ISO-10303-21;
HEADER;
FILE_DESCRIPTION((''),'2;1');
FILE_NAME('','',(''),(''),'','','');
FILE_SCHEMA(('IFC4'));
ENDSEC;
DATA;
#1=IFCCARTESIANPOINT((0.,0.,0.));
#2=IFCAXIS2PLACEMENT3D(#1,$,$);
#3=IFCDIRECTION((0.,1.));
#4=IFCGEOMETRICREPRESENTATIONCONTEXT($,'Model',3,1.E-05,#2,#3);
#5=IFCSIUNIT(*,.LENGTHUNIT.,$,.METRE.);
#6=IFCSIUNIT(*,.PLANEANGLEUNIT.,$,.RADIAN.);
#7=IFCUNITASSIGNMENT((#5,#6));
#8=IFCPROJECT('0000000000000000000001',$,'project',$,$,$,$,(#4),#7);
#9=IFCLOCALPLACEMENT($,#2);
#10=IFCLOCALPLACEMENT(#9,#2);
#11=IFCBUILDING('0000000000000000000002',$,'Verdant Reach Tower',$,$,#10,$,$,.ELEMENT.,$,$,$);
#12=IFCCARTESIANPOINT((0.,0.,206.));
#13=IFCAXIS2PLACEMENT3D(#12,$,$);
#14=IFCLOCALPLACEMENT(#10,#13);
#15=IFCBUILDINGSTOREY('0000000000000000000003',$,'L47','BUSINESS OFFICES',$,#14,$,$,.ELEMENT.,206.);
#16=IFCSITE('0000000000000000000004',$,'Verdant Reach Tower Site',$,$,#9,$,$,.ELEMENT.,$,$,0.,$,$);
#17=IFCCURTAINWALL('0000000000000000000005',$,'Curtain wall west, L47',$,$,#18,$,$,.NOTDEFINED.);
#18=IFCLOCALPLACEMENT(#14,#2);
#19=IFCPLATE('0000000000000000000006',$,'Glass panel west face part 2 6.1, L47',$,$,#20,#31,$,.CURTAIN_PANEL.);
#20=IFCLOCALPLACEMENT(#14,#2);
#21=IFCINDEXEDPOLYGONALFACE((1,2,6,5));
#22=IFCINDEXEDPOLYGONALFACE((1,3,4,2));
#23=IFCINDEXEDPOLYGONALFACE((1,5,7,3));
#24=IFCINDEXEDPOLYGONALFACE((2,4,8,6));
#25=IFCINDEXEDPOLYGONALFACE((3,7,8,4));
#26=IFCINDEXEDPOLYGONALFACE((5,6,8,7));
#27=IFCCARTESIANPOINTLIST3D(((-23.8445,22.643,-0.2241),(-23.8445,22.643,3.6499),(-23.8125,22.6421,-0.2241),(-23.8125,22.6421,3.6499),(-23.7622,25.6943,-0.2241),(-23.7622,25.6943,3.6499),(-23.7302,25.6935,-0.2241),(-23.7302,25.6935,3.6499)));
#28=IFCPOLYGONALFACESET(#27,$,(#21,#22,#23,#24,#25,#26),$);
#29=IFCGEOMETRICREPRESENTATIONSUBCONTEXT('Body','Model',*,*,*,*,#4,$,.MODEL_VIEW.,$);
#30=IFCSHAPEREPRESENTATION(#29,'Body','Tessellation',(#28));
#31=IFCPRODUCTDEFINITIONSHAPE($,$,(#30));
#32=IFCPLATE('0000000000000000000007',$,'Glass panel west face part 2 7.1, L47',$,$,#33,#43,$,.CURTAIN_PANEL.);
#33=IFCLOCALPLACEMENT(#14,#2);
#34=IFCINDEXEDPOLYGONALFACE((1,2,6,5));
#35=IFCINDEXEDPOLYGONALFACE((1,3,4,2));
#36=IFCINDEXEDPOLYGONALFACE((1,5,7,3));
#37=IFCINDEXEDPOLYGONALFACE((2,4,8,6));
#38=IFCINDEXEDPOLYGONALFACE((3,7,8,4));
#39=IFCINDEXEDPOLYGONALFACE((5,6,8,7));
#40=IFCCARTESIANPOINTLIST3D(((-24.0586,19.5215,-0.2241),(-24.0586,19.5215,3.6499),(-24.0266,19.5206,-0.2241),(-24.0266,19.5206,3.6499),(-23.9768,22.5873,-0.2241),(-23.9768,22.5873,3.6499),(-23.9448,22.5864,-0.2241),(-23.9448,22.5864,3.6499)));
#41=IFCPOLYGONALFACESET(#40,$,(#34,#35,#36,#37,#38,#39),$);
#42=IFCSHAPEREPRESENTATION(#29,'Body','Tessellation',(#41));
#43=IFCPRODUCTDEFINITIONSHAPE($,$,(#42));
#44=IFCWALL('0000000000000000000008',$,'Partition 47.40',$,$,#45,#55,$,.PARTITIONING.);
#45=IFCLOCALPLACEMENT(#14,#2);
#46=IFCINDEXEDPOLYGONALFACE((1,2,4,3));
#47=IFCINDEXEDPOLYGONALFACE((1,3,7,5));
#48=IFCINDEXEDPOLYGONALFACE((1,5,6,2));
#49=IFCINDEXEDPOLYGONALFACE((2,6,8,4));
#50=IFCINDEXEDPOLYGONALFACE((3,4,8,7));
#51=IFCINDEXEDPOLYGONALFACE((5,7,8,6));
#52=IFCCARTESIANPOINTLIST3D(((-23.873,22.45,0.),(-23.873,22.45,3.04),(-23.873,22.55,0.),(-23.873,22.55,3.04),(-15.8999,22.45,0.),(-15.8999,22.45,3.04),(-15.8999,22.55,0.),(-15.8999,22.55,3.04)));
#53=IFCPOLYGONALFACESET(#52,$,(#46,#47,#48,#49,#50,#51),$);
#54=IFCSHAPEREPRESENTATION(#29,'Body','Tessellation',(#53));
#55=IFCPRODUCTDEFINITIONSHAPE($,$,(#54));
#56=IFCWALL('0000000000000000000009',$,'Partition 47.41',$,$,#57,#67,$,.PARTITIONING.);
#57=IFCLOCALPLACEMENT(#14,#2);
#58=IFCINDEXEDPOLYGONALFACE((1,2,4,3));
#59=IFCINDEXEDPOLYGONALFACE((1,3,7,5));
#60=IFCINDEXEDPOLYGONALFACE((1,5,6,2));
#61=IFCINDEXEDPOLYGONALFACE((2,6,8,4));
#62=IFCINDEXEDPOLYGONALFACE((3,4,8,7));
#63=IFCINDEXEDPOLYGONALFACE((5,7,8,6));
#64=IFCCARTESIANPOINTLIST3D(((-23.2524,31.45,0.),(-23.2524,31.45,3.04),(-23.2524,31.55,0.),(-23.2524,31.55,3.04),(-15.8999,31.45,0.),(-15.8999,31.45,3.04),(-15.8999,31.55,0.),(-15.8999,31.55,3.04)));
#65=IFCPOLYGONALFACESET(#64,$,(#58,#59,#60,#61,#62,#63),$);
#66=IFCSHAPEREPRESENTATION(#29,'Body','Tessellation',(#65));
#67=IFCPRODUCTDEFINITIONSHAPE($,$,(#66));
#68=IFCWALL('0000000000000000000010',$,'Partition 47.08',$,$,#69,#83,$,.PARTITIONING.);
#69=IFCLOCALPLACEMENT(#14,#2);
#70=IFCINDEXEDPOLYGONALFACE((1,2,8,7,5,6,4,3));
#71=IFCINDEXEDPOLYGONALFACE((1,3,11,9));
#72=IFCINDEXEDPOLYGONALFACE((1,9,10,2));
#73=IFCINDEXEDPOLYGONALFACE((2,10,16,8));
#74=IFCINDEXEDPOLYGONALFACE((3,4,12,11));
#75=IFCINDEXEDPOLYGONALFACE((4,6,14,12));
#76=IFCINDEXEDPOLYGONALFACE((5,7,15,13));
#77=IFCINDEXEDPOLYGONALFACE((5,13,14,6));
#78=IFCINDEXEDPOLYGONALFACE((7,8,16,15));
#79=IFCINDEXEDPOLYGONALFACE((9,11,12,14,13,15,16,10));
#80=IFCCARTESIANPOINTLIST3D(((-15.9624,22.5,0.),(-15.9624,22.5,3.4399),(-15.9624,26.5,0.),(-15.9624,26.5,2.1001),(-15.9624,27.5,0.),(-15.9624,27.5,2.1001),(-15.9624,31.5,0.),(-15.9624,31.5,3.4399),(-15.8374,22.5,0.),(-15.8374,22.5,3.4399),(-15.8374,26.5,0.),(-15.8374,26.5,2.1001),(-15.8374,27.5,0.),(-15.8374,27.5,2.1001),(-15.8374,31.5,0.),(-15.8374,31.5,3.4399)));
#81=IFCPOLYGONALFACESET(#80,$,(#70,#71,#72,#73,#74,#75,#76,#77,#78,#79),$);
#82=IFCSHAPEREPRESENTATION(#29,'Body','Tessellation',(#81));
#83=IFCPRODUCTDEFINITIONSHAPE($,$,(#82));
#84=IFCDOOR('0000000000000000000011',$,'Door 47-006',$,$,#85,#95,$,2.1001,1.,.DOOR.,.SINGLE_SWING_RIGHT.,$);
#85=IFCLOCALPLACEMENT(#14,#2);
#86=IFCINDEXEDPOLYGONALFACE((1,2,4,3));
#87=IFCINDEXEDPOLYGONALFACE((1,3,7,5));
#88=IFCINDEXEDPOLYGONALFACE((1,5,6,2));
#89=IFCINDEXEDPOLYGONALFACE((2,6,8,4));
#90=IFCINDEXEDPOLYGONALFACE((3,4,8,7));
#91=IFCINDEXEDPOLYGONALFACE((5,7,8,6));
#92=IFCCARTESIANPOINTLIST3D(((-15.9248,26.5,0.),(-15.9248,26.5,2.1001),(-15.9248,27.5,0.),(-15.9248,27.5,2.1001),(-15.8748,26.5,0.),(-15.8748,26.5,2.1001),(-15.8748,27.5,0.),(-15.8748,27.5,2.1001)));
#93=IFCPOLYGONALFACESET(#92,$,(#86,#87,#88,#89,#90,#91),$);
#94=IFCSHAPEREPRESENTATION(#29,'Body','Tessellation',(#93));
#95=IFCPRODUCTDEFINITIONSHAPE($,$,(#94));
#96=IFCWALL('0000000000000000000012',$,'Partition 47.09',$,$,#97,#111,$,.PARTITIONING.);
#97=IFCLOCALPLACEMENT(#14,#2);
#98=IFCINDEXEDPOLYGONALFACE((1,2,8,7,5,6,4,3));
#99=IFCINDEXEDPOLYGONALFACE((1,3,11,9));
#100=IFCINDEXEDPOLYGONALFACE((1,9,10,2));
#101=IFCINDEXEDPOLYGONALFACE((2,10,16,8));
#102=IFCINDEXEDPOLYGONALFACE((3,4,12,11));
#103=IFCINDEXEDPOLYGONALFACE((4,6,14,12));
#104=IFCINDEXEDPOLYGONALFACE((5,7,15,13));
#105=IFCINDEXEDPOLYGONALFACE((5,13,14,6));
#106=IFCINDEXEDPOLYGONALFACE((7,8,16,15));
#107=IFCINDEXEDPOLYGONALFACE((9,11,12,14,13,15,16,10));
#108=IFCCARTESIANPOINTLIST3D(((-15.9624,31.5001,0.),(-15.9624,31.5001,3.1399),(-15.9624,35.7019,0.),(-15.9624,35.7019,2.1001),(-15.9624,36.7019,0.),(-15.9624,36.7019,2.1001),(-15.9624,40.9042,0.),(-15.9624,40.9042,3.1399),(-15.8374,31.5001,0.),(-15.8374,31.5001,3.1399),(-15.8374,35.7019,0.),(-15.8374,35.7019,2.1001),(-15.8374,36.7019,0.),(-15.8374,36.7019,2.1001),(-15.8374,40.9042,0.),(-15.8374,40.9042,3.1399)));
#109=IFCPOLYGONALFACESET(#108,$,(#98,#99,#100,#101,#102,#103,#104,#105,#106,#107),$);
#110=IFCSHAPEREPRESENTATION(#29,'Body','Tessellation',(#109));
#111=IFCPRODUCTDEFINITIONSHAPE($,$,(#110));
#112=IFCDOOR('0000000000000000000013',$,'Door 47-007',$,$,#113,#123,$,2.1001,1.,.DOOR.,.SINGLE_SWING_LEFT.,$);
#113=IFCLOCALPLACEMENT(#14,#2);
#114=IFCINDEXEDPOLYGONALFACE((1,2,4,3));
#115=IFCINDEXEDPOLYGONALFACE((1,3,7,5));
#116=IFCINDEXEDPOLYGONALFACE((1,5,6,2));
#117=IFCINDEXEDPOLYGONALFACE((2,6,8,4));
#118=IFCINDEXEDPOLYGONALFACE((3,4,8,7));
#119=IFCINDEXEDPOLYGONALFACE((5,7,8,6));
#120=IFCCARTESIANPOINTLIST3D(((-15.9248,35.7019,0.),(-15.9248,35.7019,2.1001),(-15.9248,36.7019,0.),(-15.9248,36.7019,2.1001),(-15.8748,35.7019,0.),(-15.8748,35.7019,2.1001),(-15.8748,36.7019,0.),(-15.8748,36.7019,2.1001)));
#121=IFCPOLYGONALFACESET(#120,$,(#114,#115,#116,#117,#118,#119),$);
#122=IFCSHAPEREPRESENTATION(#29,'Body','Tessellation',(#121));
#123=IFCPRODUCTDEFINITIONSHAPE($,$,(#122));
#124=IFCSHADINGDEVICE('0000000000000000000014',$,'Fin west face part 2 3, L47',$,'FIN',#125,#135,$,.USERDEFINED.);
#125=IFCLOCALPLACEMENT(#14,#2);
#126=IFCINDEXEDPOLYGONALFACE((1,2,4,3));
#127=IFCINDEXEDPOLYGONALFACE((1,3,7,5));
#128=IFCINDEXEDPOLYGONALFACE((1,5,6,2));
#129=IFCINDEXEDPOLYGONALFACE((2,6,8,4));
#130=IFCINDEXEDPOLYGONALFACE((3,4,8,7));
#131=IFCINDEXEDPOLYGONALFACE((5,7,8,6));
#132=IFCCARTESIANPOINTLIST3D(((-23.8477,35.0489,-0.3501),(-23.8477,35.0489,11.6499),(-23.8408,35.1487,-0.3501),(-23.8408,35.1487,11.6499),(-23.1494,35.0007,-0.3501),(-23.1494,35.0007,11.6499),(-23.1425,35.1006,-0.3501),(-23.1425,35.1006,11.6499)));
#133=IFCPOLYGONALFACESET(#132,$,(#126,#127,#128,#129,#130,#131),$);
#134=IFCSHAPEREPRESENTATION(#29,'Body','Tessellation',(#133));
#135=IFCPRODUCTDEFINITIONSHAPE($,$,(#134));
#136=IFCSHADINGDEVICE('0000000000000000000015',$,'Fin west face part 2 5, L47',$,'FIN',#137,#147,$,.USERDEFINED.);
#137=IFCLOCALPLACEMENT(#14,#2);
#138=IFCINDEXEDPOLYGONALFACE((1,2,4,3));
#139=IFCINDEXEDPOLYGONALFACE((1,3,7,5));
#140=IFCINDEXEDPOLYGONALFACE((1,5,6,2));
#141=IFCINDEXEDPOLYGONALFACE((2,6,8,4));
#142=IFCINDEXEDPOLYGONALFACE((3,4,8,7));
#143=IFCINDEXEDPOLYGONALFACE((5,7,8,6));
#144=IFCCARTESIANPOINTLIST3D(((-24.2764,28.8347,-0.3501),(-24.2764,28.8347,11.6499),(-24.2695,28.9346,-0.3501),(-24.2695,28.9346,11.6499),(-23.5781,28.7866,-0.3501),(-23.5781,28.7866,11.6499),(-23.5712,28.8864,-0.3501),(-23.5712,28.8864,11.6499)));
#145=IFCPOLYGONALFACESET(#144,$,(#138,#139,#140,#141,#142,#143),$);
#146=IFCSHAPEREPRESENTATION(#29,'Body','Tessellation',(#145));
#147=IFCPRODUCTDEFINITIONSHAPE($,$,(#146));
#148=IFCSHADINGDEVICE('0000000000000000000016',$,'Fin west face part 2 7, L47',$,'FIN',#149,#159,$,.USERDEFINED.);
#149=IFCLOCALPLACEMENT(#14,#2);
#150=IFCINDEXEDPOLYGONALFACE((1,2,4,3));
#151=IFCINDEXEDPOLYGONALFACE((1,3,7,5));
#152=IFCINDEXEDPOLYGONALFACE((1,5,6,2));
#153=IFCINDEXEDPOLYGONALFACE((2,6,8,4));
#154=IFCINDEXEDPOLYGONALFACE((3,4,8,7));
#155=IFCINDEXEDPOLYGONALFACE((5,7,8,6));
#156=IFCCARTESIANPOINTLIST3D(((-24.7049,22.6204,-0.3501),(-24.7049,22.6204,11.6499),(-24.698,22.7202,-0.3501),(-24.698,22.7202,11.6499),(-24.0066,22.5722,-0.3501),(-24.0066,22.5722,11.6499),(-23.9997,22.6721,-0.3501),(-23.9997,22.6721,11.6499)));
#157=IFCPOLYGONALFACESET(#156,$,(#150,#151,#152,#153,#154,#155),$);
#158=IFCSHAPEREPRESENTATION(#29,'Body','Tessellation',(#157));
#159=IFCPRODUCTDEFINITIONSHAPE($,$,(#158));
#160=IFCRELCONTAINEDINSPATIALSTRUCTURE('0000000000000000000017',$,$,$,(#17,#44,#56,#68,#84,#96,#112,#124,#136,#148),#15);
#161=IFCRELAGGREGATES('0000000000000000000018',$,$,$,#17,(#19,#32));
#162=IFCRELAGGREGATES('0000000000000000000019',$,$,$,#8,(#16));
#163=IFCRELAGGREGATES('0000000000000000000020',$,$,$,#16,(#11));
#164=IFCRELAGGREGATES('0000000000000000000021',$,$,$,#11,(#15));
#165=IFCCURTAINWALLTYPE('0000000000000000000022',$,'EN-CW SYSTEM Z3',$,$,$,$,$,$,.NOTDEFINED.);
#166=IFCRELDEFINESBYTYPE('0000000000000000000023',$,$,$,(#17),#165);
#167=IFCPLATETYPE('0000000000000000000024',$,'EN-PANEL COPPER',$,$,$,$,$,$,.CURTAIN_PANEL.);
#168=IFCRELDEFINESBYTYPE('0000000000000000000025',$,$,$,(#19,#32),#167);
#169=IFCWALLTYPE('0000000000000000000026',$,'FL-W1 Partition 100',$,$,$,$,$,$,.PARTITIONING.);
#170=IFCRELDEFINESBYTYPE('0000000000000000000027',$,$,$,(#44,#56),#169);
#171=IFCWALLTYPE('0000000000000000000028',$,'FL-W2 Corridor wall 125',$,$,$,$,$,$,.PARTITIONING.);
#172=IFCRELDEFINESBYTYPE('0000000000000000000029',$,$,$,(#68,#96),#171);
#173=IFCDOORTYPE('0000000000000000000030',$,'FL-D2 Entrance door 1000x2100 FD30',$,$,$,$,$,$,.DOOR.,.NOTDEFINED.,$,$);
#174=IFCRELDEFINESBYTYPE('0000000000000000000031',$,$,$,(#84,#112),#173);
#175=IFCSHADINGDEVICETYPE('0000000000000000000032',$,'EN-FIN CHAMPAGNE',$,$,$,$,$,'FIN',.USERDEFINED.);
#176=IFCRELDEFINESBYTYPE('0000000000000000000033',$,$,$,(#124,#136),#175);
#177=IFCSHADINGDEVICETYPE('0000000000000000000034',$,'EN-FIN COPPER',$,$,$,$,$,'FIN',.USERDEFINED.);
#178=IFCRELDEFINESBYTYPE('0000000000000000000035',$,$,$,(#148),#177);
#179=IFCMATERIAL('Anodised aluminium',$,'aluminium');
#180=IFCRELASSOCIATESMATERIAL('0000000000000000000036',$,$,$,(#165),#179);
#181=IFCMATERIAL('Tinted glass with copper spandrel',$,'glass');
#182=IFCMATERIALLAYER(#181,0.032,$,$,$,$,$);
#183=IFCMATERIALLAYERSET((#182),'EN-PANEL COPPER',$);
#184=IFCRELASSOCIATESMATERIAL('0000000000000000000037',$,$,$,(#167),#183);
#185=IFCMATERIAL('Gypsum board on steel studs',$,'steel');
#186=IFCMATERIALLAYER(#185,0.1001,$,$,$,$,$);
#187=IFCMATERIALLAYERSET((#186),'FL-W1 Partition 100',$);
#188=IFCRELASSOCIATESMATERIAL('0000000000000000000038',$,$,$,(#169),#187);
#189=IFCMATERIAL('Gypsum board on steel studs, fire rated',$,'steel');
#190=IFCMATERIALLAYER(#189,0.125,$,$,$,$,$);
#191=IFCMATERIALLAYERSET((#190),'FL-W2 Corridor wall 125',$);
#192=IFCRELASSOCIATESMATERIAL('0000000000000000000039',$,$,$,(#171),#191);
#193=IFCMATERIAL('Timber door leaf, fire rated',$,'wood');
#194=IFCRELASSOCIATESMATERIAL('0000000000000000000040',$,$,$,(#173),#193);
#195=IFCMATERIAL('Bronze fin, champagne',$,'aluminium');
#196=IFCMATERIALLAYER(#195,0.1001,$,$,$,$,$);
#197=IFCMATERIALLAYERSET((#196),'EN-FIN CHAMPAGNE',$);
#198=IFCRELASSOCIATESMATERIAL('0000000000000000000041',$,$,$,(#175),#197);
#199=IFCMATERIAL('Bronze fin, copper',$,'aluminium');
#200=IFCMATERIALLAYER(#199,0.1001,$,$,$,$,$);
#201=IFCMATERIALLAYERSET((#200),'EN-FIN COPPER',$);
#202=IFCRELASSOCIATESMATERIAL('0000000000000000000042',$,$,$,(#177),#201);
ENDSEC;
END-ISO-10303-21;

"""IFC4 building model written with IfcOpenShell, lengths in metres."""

from ifc_helpers import new_model, si_unit, direction, frame, frame_2d, origin, origin_2d, place, context, subcontext, project, spatial, rectangle, extrude, material, layer, layer_set, type_object, element, fill, aggregate, save


model = new_model("IFC4")

# Units and contexts
model_context = context("Model", 3, precision=1e-05, world=origin(), true_north=direction((0.0, 1.0)))
body_context = subcontext(model_context, "Body", "Model", "MODEL_VIEW")
ifc_project = project(units=[si_unit("LENGTHUNIT", "METRE"), si_unit("PLANEANGLEUNIT", "RADIAN")], contexts=[model_context])

# Site, building, storey
site_placement = place(None, origin())
site = spatial("IfcSite", under=ifc_project, at=site_placement, Name="Verdant Reach Tower Site", CompositionType="ELEMENT", RefElevation=0.0)
building_placement = place(site_placement, origin())
building = spatial("IfcBuilding", under=site, at=building_placement, Name="Verdant Reach Tower", CompositionType="ELEMENT")
storey_placement = place(building_placement, frame((0.0, 0.0, 206.0)))
storey = spatial("IfcBuildingStorey", under=building, at=storey_placement, Name="L47", Description="BUSINESS OFFICES", CompositionType="ELEMENT", Elevation=206.0)

# Curtain wall
ifc_material_1 = material(Name="Anodised aluminium", Category="aluminium")
curtain_wall_type = type_object("IfcCurtainWallType", Name="EN-CW SYSTEM Z3", PredefinedType="NOTDEFINED", material=ifc_material_1)
curtain_wall_1_placement = place(storey_placement, origin())
curtain_wall_1 = element("IfcCurtainWall", 1, at=curtain_wall_1_placement, inside=storey, type_object=curtain_wall_type, Name="Curtain wall west, L47", PredefinedType="NOTDEFINED")

# Plates
ifc_material_2 = material(Name="Tinted glass with copper spandrel", Category="glass")
ifc_layer_1 = layer(ifc_material_2, 0.032)
ifc_layer_set_1 = layer_set([ifc_layer_1], Name="EN-PANEL COPPER")
plate_type_1 = type_object("IfcPlateType", Name="EN-PANEL COPPER", PredefinedType="CURTAIN_PANEL", material=ifc_layer_set_1)
plate_1_placement = place(storey_placement, frame((-23.7874, 24.1682, -0.2241), z_axis=(0.0, 0.0, 1.0), x_axis=(-0.026965, -0.999636, 0.0)))
plate_1 = element("IfcPlate", 2, at=plate_1_placement, type_object=plate_type_1, Name="Glass panel west face part 2 6.1, L47", PredefinedType="CURTAIN_PANEL", context=body_context, shape_type="SweptSolid", body=[
    extrude(rectangle(XDim=3.0525, YDim=0.032, at=origin_2d()), origin(), (0.0, 0.0, 1.0), 3.874),
])
plate_2_placement = place(storey_placement, frame((-24.0017, 21.054, -0.2241), z_axis=(0.0, 0.0, 1.0), x_axis=(-0.02666, -0.999645, 0.0)))
plate_2 = element("IfcPlate", 3, at=plate_2_placement, type_object=plate_type_1, Name="Glass panel west face part 2 7.1, L47", PredefinedType="CURTAIN_PANEL", context=body_context, shape_type="SweptSolid", body=[
    extrude(rectangle(XDim=3.0669, YDim=0.032, at=origin_2d()), origin(), (0.0, 0.0, 1.0), 3.874),
])
aggregate(curtain_wall_1, [plate_1, plate_2])

# Walls
ifc_material_3 = material(Name="Gypsum board on steel studs", Category="steel")
ifc_layer_2 = layer(ifc_material_3, 0.1001)
ifc_layer_set_2 = layer_set([ifc_layer_2], Name="FL-W1 Partition 100")
wall_type_1 = type_object("IfcWallType", Name="FL-W1 Partition 100", PredefinedType="PARTITIONING", material=ifc_layer_set_2)
wall_1_placement = place(storey_placement, frame((-15.8999, 22.5, 0.0), z_axis=(0.0, 0.0, 1.0), x_axis=(-1.0, 0.0, 0.0)))
element("IfcWall", 4, at=wall_1_placement, inside=storey, type_object=wall_type_1, Name="Partition 47.40", PredefinedType="PARTITIONING", context=body_context, shape_type="SweptSolid", body=[
    extrude(rectangle(XDim=7.9731, YDim=0.1001, at=frame_2d((3.9866, 0.0))), origin(), (0.0, 0.0, 1.0), 3.04),
])
wall_2_placement = place(storey_placement, frame((-15.8999, 31.5, 0.0), z_axis=(0.0, 0.0, 1.0), x_axis=(-1.0, 0.0, 0.0)))
element("IfcWall", 5, at=wall_2_placement, inside=storey, type_object=wall_type_1, Name="Partition 47.41", PredefinedType="PARTITIONING", context=body_context, shape_type="SweptSolid", body=[
    extrude(rectangle(XDim=7.3525, YDim=0.1001, at=frame_2d((3.6763, 0.0))), origin(), (0.0, 0.0, 1.0), 3.04),
])

# Walls, openings, doors
ifc_material_4 = material(Name="Gypsum board on steel studs, fire rated", Category="steel")
ifc_layer_3 = layer(ifc_material_4, 0.125)
ifc_layer_set_3 = layer_set([ifc_layer_3], Name="FL-W2 Corridor wall 125")
wall_type_2 = type_object("IfcWallType", Name="FL-W2 Corridor wall 125", PredefinedType="PARTITIONING", material=ifc_layer_set_3)
wall_3_placement = place(storey_placement, frame((-15.8999, 22.5, 0.0), z_axis=(0.0, 0.0, 1.0), x_axis=(0.0, 1.0, 0.0)))
wall_3 = element("IfcWall", 6, at=wall_3_placement, inside=storey, type_object=wall_type_2, Name="Partition 47.08", PredefinedType="PARTITIONING", context=body_context, shape_type="SweptSolid", body=[
    extrude(rectangle(XDim=9.0, YDim=0.125, at=frame_2d((4.5, 0.0))), origin(), (0.0, 0.0, 1.0), 3.4399),
])
opening_1_placement = place(wall_3_placement, frame((4.0, 0.0, 0.0)))
opening_1 = element("IfcOpeningElement", 7, at=opening_1_placement, cuts=wall_3, PredefinedType="OPENING", context=body_context, shape_type="SweptSolid", body=[
    extrude(rectangle(XDim=1.0, YDim=2.1001, at=frame_2d((0.5, 1.05))), frame((0.0, 0.0725, 0.0), z_axis=(0.0, -1.0, 0.0), x_axis=(1.0, 0.0, 0.0)), (0.0, 0.0, 1.0), 0.145),
])
ifc_material_5 = material(Name="Timber door leaf, fire rated", Category="wood")
door_type = type_object("IfcDoorType", Name="FL-D2 Entrance door 1000x2100 FD30", OperationType="NOTDEFINED", PredefinedType="DOOR", material=ifc_material_5)
door_1_placement = place(opening_1_placement, origin())
door_1 = element("IfcDoor", 8, at=door_1_placement, inside=storey, type_object=door_type, Name="Door 47-006", OperationType="SINGLE_SWING_RIGHT", OverallHeight=2.1001, OverallWidth=1.0, PredefinedType="DOOR", context=body_context, shape_type="SweptSolid", body=[
    extrude(rectangle(XDim=1.0, YDim=2.1001, at=frame_2d((0.5, 1.05))), frame((0.0, 0.0249, 0.0), z_axis=(0.0, -1.0, 0.0), x_axis=(1.0, 0.0, 0.0)), (0.0, 0.0, 1.0), 0.05),
])
fill(opening_1, door_1)
wall_4_placement = place(storey_placement, frame((-15.8999, 31.5, 0.0), z_axis=(0.0, 0.0, 1.0), x_axis=(0.0, 1.0, 0.0)))
wall_4 = element("IfcWall", 9, at=wall_4_placement, inside=storey, type_object=wall_type_2, Name="Partition 47.09", PredefinedType="PARTITIONING", context=body_context, shape_type="SweptSolid", body=[
    extrude(rectangle(XDim=9.4041, YDim=0.125, at=frame_2d((4.7021, 0.0))), origin(), (0.0, 0.0, 1.0), 3.1399),
])
opening_2_placement = place(wall_4_placement, frame((4.2019, 0.0, 0.0)))
opening_2 = element("IfcOpeningElement", 10, at=opening_2_placement, cuts=wall_4, PredefinedType="OPENING", context=body_context, shape_type="SweptSolid", body=[
    extrude(rectangle(XDim=1.0, YDim=2.1001, at=frame_2d((0.5, 1.05))), frame((0.0, 0.0725, 0.0), z_axis=(0.0, -1.0, 0.0), x_axis=(1.0, 0.0, 0.0)), (0.0, 0.0, 1.0), 0.145),
])
door_2_placement = place(opening_2_placement, origin())
door_2 = element("IfcDoor", 11, at=door_2_placement, inside=storey, type_object=door_type, Name="Door 47-007", OperationType="SINGLE_SWING_LEFT", OverallHeight=2.1001, OverallWidth=1.0, PredefinedType="DOOR", context=body_context, shape_type="SweptSolid", body=[
    extrude(rectangle(XDim=1.0, YDim=2.1001, at=frame_2d((0.5, 1.05))), frame((0.0, 0.0249, 0.0), z_axis=(0.0, -1.0, 0.0), x_axis=(1.0, 0.0, 0.0)), (0.0, 0.0, 1.0), 0.05),
])
fill(opening_2, door_2)

# Shading devices
ifc_material_6 = material(Name="Bronze fin, champagne", Category="aluminium")
ifc_layer_4 = layer(ifc_material_6, 0.1001)
ifc_layer_set_4 = layer_set([ifc_layer_4], Name="EN-FIN CHAMPAGNE")
shading_device_type_1 = type_object("IfcShadingDeviceType", Name="EN-FIN CHAMPAGNE", ElementType="FIN", PredefinedType="USERDEFINED", material=ifc_layer_set_4)
for number, where, z_axis, x_axis, name in (
    (12, (-23.4951, 35.0747, -0.3501), (0.0, 0.0, 1.0), (-0.068802, -0.99763, 0.0), "Fin west face part 2 3, L47"),
    (13, (-23.9238, 28.8606, -0.3501), (0.0, 0.0, 1.0), (-0.068802, -0.99763, 0.0), "Fin west face part 2 5, L47"),
):
    element("IfcShadingDevice", number, at=place(storey_placement, frame(where, z_axis=z_axis, x_axis=x_axis)), inside=storey, type_object=shading_device_type_1, Name=name, ObjectType="FIN", PredefinedType="USERDEFINED", context=body_context, shape_type="SweptSolid", body=[
        extrude(rectangle(XDim=0.1001, YDim=0.7, at=origin_2d()), origin(), (0.0, 0.0, 1.0), 12.0),
    ])
ifc_material_7 = material(Name="Bronze fin, copper", Category="aluminium")
ifc_layer_5 = layer(ifc_material_7, 0.1001)
ifc_layer_set_5 = layer_set([ifc_layer_5], Name="EN-FIN COPPER")
shading_device_type_2 = type_object("IfcShadingDeviceType", Name="EN-FIN COPPER", ElementType="FIN", PredefinedType="USERDEFINED", material=ifc_layer_set_5)
shading_device_placement = place(storey_placement, frame((-24.3523, 22.6462, -0.3501), z_axis=(0.0, 0.0, 1.0), x_axis=(-0.068802, -0.99763, 0.0)))
element("IfcShadingDevice", 14, at=shading_device_placement, inside=storey, type_object=shading_device_type_2, Name="Fin west face part 2 7, L47", ObjectType="FIN", PredefinedType="USERDEFINED", context=body_context, shape_type="SweptSolid", body=[
    extrude(rectangle(XDim=0.1001, YDim=0.7, at=origin_2d()), origin(), (0.0, 0.0, 1.0), 12.0),
])

save(model, "model.ifc")
